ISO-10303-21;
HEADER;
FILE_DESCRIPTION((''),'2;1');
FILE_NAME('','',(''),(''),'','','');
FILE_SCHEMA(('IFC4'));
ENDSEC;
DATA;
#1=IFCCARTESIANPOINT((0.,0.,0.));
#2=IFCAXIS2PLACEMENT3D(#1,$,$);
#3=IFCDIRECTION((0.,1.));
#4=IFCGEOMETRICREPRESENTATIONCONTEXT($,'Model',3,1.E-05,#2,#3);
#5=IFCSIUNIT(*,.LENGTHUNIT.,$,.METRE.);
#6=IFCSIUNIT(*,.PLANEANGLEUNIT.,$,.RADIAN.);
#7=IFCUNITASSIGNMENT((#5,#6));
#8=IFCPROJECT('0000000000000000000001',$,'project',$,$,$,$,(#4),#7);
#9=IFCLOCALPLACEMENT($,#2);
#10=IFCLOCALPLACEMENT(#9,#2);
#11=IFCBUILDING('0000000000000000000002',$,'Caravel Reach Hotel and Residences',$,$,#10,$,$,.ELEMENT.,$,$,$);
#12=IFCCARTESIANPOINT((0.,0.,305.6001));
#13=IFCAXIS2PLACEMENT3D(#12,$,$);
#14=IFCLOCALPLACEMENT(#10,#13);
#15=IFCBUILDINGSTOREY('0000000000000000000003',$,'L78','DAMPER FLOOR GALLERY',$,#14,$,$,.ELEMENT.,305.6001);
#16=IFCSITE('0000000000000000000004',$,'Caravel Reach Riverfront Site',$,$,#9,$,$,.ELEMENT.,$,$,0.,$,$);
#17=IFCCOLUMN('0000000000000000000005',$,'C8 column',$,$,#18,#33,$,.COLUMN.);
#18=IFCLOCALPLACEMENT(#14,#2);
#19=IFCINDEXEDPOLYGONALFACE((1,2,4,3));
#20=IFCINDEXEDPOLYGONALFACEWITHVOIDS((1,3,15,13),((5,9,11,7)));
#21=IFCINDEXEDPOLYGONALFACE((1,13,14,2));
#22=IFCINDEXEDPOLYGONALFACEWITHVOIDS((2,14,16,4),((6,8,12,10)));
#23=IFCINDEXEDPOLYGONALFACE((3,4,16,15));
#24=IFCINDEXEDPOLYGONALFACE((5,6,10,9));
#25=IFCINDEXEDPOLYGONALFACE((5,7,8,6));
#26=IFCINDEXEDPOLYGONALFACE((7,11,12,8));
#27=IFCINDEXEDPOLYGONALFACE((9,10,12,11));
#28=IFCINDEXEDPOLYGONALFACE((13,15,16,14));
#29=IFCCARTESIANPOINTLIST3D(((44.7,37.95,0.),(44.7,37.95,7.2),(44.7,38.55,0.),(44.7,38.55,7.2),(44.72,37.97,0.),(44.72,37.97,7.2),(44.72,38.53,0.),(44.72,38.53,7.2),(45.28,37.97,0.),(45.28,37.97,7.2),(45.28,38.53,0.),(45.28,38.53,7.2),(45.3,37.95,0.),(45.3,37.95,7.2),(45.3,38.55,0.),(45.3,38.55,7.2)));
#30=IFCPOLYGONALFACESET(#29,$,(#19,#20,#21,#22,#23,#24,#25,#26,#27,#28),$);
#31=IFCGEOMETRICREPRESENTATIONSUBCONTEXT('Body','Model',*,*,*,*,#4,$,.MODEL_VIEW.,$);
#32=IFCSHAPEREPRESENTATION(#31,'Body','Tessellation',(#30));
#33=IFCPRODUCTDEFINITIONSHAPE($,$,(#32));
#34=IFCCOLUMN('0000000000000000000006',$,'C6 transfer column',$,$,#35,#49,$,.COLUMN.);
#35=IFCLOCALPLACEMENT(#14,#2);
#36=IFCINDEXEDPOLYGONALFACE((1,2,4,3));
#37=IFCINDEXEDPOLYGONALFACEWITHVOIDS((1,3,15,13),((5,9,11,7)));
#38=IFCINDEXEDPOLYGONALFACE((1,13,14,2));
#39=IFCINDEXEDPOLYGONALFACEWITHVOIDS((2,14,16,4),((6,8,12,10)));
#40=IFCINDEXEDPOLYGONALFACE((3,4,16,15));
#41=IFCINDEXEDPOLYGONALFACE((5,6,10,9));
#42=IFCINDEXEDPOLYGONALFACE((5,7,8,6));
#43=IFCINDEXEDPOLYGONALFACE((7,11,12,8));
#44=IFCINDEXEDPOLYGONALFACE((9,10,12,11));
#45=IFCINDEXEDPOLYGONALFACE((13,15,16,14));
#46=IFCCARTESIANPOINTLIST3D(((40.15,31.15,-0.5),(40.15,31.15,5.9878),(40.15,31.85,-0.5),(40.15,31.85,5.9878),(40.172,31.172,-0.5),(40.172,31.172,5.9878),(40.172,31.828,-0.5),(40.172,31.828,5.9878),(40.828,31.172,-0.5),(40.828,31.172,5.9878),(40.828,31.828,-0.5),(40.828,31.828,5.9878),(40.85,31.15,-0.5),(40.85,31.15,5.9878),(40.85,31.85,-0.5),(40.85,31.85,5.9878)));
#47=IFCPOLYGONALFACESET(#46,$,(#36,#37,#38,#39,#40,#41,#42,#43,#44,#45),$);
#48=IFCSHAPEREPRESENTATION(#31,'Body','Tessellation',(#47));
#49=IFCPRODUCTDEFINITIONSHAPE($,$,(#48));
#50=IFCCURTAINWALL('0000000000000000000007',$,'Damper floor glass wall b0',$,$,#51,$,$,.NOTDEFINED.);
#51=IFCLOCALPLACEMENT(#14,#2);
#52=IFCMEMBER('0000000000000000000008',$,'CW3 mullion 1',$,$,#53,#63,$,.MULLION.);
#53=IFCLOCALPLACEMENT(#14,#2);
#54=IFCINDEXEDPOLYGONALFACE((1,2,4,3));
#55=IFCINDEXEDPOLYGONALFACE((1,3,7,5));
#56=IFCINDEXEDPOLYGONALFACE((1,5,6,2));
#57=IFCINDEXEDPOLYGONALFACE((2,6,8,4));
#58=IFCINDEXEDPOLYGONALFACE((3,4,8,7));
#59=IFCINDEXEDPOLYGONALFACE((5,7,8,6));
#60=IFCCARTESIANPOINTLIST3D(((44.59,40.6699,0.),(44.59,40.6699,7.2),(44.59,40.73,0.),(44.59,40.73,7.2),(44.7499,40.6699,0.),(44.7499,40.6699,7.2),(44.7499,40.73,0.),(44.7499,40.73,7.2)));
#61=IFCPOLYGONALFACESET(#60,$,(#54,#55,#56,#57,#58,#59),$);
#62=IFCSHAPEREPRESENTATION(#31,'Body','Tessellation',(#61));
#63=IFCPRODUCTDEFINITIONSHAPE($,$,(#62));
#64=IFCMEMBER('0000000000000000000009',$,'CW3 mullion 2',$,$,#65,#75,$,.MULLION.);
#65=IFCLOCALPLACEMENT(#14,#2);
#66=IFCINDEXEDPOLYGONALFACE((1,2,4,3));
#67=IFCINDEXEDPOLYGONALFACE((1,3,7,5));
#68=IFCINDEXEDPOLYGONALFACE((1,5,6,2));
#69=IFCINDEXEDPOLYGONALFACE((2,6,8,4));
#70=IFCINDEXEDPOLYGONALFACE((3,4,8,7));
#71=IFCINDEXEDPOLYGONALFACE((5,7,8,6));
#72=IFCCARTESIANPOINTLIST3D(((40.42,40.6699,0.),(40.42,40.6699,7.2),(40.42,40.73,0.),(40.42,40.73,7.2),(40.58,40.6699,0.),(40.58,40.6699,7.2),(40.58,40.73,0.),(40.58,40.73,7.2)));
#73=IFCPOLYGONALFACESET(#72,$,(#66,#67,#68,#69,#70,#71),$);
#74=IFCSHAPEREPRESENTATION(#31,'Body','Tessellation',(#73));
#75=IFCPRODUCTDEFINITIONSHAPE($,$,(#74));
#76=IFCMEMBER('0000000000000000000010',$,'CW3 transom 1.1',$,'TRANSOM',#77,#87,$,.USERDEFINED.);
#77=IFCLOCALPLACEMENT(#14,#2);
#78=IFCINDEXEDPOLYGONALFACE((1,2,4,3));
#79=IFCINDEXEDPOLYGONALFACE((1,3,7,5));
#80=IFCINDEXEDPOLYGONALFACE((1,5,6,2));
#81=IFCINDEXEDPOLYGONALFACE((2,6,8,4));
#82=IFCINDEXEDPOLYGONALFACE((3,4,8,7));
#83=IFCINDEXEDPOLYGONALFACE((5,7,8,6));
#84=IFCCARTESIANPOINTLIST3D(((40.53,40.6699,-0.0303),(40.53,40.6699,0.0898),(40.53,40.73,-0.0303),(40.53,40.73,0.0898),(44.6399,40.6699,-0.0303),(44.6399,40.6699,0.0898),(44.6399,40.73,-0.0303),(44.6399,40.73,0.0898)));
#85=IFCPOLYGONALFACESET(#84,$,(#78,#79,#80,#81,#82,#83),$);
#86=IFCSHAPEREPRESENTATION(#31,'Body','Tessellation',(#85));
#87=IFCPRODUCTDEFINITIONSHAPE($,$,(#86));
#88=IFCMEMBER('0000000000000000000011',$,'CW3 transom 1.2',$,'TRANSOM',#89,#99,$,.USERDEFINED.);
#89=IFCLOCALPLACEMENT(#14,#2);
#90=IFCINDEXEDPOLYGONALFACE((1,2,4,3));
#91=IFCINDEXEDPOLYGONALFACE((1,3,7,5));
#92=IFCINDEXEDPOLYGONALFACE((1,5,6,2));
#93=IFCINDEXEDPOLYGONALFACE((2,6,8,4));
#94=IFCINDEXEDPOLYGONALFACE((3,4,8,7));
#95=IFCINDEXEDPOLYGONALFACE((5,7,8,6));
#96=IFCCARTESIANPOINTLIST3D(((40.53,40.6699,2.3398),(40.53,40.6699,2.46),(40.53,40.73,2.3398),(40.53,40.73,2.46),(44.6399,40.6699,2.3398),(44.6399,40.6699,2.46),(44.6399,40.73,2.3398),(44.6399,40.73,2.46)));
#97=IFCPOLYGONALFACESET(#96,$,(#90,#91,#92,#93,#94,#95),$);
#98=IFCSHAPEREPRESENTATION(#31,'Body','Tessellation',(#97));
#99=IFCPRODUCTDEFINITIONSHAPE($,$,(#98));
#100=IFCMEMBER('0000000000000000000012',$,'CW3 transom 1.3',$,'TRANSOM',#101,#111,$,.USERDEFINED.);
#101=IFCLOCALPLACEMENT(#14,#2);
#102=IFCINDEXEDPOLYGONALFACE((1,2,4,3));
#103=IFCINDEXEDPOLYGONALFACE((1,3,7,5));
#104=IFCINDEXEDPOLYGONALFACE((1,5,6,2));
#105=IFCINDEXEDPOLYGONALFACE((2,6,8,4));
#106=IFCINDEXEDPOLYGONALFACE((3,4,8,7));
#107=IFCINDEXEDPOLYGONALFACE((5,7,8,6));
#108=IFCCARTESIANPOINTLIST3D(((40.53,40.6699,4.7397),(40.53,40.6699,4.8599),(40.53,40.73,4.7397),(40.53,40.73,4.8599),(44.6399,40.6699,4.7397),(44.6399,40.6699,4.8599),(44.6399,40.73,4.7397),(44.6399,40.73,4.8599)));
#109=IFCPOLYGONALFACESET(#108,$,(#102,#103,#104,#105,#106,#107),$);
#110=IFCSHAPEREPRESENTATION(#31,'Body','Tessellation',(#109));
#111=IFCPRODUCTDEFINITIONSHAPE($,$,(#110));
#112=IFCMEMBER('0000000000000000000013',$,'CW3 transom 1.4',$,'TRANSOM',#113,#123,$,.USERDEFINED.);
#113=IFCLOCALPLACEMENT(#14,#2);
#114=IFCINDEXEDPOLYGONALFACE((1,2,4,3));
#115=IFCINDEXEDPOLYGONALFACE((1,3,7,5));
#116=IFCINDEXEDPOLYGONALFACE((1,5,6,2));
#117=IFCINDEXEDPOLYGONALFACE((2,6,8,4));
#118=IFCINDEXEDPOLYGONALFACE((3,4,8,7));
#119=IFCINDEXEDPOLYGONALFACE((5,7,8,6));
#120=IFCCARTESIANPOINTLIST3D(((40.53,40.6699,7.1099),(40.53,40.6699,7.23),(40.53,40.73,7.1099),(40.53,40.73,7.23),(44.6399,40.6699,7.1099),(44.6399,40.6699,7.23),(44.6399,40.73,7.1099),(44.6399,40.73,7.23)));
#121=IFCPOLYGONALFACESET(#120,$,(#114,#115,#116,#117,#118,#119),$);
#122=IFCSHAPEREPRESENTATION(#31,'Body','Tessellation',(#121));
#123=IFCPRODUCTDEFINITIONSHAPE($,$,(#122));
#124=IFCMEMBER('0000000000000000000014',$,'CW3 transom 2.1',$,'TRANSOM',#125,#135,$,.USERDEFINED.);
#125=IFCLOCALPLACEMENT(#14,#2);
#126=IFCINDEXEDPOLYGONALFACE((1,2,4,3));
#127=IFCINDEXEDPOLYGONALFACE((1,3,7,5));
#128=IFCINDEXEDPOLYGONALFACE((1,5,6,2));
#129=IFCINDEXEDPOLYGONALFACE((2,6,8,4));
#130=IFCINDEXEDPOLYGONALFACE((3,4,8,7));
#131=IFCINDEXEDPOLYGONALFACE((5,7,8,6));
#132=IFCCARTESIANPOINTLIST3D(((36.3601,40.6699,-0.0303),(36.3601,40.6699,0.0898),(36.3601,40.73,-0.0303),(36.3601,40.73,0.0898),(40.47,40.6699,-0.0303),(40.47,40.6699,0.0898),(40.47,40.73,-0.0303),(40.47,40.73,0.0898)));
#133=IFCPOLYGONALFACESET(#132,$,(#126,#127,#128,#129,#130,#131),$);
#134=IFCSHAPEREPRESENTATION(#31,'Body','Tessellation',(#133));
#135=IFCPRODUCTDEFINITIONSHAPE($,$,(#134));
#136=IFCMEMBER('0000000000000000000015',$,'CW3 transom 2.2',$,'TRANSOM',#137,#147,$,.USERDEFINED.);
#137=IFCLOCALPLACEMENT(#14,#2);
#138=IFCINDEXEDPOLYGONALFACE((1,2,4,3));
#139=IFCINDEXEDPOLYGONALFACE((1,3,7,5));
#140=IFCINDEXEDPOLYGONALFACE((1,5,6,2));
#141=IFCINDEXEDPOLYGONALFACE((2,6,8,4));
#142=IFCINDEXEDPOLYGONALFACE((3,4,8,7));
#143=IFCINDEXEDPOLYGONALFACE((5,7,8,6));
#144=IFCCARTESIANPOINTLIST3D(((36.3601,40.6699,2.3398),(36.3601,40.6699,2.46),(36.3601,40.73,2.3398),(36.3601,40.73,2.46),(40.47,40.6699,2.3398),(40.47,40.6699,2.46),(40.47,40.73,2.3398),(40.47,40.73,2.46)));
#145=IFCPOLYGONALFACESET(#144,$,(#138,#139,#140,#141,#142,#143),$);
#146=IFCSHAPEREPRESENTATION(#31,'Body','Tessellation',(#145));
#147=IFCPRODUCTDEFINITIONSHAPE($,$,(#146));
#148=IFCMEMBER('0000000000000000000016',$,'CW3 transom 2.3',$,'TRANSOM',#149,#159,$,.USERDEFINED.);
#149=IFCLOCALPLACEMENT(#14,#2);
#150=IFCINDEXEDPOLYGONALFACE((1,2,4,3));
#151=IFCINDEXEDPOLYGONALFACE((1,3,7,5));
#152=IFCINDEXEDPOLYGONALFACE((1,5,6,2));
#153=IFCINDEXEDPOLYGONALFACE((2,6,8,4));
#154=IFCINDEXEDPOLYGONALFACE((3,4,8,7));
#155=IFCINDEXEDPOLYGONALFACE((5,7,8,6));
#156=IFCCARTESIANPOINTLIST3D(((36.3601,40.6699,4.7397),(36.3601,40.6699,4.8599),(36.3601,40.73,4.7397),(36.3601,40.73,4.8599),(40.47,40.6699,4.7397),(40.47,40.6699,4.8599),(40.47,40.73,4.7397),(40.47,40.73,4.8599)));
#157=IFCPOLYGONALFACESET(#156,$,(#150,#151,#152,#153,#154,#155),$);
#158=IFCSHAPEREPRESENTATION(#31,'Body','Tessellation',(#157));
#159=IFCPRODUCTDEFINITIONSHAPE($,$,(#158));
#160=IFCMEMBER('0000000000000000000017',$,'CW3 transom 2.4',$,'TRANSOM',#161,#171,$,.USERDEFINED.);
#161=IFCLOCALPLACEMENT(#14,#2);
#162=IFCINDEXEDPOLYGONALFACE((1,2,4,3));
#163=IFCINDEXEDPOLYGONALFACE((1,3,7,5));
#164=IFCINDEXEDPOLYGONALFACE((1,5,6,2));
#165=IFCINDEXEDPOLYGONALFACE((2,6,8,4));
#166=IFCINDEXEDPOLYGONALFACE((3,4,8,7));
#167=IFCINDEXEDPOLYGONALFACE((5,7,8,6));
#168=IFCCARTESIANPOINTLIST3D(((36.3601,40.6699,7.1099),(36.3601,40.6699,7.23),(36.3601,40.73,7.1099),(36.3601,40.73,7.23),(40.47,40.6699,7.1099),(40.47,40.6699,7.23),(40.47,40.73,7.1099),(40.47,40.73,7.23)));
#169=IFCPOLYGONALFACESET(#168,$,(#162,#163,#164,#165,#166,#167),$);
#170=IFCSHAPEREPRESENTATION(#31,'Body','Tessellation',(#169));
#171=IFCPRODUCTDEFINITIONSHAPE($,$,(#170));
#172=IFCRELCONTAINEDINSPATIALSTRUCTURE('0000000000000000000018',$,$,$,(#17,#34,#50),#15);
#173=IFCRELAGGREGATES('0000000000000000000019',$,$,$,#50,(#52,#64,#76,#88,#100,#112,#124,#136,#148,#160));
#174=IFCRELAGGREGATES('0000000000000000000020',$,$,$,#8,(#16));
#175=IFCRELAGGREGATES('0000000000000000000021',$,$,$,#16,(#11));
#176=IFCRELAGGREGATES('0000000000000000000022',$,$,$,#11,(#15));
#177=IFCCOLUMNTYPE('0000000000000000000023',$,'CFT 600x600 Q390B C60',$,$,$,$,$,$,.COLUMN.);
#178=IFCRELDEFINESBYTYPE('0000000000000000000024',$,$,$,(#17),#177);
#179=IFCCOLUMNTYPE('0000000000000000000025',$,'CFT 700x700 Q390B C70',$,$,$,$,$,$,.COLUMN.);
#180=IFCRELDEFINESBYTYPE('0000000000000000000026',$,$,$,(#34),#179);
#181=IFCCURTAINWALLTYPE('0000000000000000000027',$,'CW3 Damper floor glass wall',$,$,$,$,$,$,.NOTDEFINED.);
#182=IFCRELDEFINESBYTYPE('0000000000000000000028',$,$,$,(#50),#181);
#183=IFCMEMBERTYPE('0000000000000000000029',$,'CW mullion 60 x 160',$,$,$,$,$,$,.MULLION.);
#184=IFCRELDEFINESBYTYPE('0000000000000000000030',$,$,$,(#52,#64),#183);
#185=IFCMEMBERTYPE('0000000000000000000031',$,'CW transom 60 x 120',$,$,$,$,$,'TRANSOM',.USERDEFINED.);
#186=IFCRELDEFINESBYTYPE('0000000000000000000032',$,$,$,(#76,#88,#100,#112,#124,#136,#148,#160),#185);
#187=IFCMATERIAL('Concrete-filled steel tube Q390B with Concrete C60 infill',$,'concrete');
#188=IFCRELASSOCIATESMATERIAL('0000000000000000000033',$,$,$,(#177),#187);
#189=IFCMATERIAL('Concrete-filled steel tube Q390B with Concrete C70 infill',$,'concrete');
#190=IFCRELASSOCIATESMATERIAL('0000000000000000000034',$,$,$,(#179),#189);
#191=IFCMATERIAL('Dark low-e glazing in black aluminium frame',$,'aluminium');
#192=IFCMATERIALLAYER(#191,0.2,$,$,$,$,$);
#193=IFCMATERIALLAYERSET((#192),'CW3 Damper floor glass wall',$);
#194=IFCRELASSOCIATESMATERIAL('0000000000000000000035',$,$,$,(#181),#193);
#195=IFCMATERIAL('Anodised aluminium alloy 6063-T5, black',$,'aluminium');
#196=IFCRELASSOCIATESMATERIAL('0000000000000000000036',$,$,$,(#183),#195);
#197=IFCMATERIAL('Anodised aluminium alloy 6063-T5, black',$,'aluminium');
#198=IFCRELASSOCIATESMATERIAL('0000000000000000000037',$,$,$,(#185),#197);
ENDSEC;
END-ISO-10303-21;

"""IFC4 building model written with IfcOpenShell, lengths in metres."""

from ifc_helpers import new_model, si_unit, direction, frame, origin, origin_2d, place, context, subcontext, project, spatial, rectangle, hollow_rectangle, extrude, material, layer, layer_set, material_profile, profile_set, type_object, element, aggregate, save


model = new_model("IFC4")

# Units and contexts
model_context = context("Model", 3, precision=1e-05, world=origin(), true_north=direction((0.0, 1.0)))
body_context = subcontext(model_context, "Body", "Model", "MODEL_VIEW")
ifc_project = project(units=[si_unit("LENGTHUNIT", "METRE"), si_unit("PLANEANGLEUNIT", "RADIAN")], contexts=[model_context])

# Site, building, storey
site_placement = place(None, origin())
site = spatial("IfcSite", under=ifc_project, at=site_placement, Name="Caravel Reach Riverfront Site", CompositionType="ELEMENT", RefElevation=0.0)
building_placement = place(site_placement, origin())
building = spatial("IfcBuilding", under=site, at=building_placement, Name="Caravel Reach Hotel and Residences", CompositionType="ELEMENT")
storey_placement = place(building_placement, frame((0.0, 0.0, 305.6001)))
storey = spatial("IfcBuildingStorey", under=building, at=storey_placement, Name="L78", Description="DAMPER FLOOR GALLERY", CompositionType="ELEMENT", Elevation=305.6001)

# Columns
ifc_material_1 = material(Name="Concrete-filled steel tube Q390B with Concrete C60 infill", Category="concrete")
ifc_material_profile_1 = material_profile(ifc_material_1, hollow_rectangle(XDim=0.6001, YDim=0.6001, WallThickness=0.02, at=origin_2d()), Name="RHS 600x600x20")
ifc_profile_set_1 = profile_set([ifc_material_profile_1], Name="Concrete-filled steel tube Q390B with Concrete C60 infill")
column_type_1 = type_object("IfcColumnType", Name="CFT 600x600 Q390B C60", PredefinedType="COLUMN", material=ifc_profile_set_1)
column_1_placement = place(storey_placement, frame((45.0, 38.25, 0.0), z_axis=(0.0, 0.0, 1.0), x_axis=(1.0, 0.0, 0.0)))
element("IfcColumn", 1, at=column_1_placement, inside=storey, type_object=column_type_1, Name="C8 column", PredefinedType="COLUMN", context=body_context, shape_type="SweptSolid", body=[
    extrude(hollow_rectangle(XDim=0.6001, YDim=0.6001, WallThickness=0.02, at=origin_2d()), origin(), (0.0, 0.0, 1.0), 7.2),
])
ifc_material_2 = material(Name="Concrete-filled steel tube Q390B with Concrete C70 infill", Category="concrete")
ifc_material_profile_2 = material_profile(ifc_material_2, hollow_rectangle(XDim=0.7, YDim=0.7, WallThickness=0.022, at=origin_2d()), Name="RHS 700x700x22")
ifc_profile_set_2 = profile_set([ifc_material_profile_2], Name="Concrete-filled steel tube Q390B with Concrete C70 infill")
column_type_2 = type_object("IfcColumnType", Name="CFT 700x700 Q390B C70", PredefinedType="COLUMN", material=ifc_profile_set_2)
column_2_placement = place(storey_placement, frame((40.5, 31.5, -0.5), z_axis=(0.0, 0.0, 1.0), x_axis=(1.0, 0.0, 0.0)))
element("IfcColumn", 2, at=column_2_placement, inside=storey, type_object=column_type_2, Name="C6 transfer column", PredefinedType="COLUMN", context=body_context, shape_type="SweptSolid", body=[
    extrude(hollow_rectangle(XDim=0.7, YDim=0.7, WallThickness=0.022, at=origin_2d()), origin(), (0.0, 0.0, 1.0), 6.4878),
])

# Curtain wall, members
ifc_material_3 = material(Name="Dark low-e glazing in black aluminium frame", Category="aluminium")
ifc_layer_1 = layer(ifc_material_3, 0.2)
ifc_layer_set_1 = layer_set([ifc_layer_1], Name="CW3 Damper floor glass wall")
curtain_wall_type = type_object("IfcCurtainWallType", Name="CW3 Damper floor glass wall", PredefinedType="NOTDEFINED", material=ifc_layer_set_1)
curtain_wall_placement = place(storey_placement, origin())
curtain_wall = element("IfcCurtainWall", 3, at=curtain_wall_placement, inside=storey, type_object=curtain_wall_type, Name="Damper floor glass wall b0", PredefinedType="NOTDEFINED")
ifc_material_4 = material(Name="Anodised aluminium alloy 6063-T5, black", Category="aluminium")
ifc_material_profile_3 = material_profile(ifc_material_4, rectangle(XDim=0.0601, YDim=0.1599, at=origin_2d()), Name="CW mullion 60 x 160")
ifc_profile_set_3 = profile_set([ifc_material_profile_3], Name="Anodised aluminium alloy 6063-T5, black")
member_type_1 = type_object("IfcMemberType", Name="CW mullion 60 x 160", PredefinedType="MULLION", material=ifc_profile_set_3)
member_1_placement = place(storey_placement, frame((44.6699, 40.7, 0.0), z_axis=(0.0, 0.0, 1.0), x_axis=(0.0, -1.0, 0.0)))
member_1 = element("IfcMember", 4, at=member_1_placement, type_object=member_type_1, Name="CW3 mullion 1", PredefinedType="MULLION", context=body_context, shape_type="SweptSolid", body=[
    extrude(rectangle(XDim=0.0601, YDim=0.1599, at=origin_2d()), origin(), (0.0, 0.0, 1.0), 7.2),
])
member_2_placement = place(storey_placement, frame((40.5, 40.7, 0.0), z_axis=(0.0, 0.0, 1.0), x_axis=(0.0, -1.0, 0.0)))
member_2 = element("IfcMember", 5, at=member_2_placement, type_object=member_type_1, Name="CW3 mullion 2", PredefinedType="MULLION", context=body_context, shape_type="SweptSolid", body=[
    extrude(rectangle(XDim=0.0601, YDim=0.1599, at=origin_2d()), origin(), (0.0, 0.0, 1.0), 7.2),
])
ifc_material_5 = material(Name="Anodised aluminium alloy 6063-T5, black", Category="aluminium")
ifc_material_profile_4 = material_profile(ifc_material_5, rectangle(XDim=0.0601, YDim=0.1201, at=origin_2d()), Name="CW transom 60 x 120")
ifc_profile_set_4 = profile_set([ifc_material_profile_4], Name="Anodised aluminium alloy 6063-T5, black")
member_type_2 = type_object("IfcMemberType", Name="CW transom 60 x 120", ElementType="TRANSOM", PredefinedType="USERDEFINED", material=ifc_profile_set_4)
member_3_placement = place(storey_placement, frame((44.6399, 40.7, 0.0298), z_axis=(-1.0, 0.0, 0.0), x_axis=(0.0, -1.0, 0.0)))
member_3 = element("IfcMember", 6, at=member_3_placement, type_object=member_type_2, Name="CW3 transom 1.1", ObjectType="TRANSOM", PredefinedType="USERDEFINED", context=body_context, shape_type="SweptSolid", body=[
    extrude(rectangle(XDim=0.0601, YDim=0.1201, at=origin_2d()), origin(), (0.0, 0.0, 1.0), 4.1099),
])
member_4_placement = place(storey_placement, frame((44.6399, 40.7, 2.3999), z_axis=(-1.0, 0.0, 0.0), x_axis=(0.0, -1.0, 0.0)))
member_4 = element("IfcMember", 7, at=member_4_placement, type_object=member_type_2, Name="CW3 transom 1.2", ObjectType="TRANSOM", PredefinedType="USERDEFINED", context=body_context, shape_type="SweptSolid", body=[
    extrude(rectangle(XDim=0.0601, YDim=0.1201, at=origin_2d()), origin(), (0.0, 0.0, 1.0), 4.1099),
])
member_5_placement = place(storey_placement, frame((44.6399, 40.7, 4.7998), z_axis=(-1.0, 0.0, 0.0), x_axis=(0.0, -1.0, 0.0)))
member_5 = element("IfcMember", 8, at=member_5_placement, type_object=member_type_2, Name="CW3 transom 1.3", ObjectType="TRANSOM", PredefinedType="USERDEFINED", context=body_context, shape_type="SweptSolid", body=[
    extrude(rectangle(XDim=0.0601, YDim=0.1201, at=origin_2d()), origin(), (0.0, 0.0, 1.0), 4.1099),
])
member_6_placement = place(storey_placement, frame((44.6399, 40.7, 7.1699), z_axis=(-1.0, 0.0, 0.0), x_axis=(0.0, -1.0, 0.0)))
member_6 = element("IfcMember", 9, at=member_6_placement, type_object=member_type_2, Name="CW3 transom 1.4", ObjectType="TRANSOM", PredefinedType="USERDEFINED", context=body_context, shape_type="SweptSolid", body=[
    extrude(rectangle(XDim=0.0601, YDim=0.1201, at=origin_2d()), origin(), (0.0, 0.0, 1.0), 4.1099),
])
member_7_placement = place(storey_placement, frame((40.47, 40.7, 0.0298), z_axis=(-1.0, 0.0, 0.0), x_axis=(0.0, -1.0, 0.0)))
member_7 = element("IfcMember", 10, at=member_7_placement, type_object=member_type_2, Name="CW3 transom 2.1", ObjectType="TRANSOM", PredefinedType="USERDEFINED", context=body_context, shape_type="SweptSolid", body=[
    extrude(rectangle(XDim=0.0601, YDim=0.1201, at=origin_2d()), origin(), (0.0, 0.0, 1.0), 4.1099),
])
member_8_placement = place(storey_placement, frame((40.47, 40.7, 2.3999), z_axis=(-1.0, 0.0, 0.0), x_axis=(0.0, -1.0, 0.0)))
member_8 = element("IfcMember", 11, at=member_8_placement, type_object=member_type_2, Name="CW3 transom 2.2", ObjectType="TRANSOM", PredefinedType="USERDEFINED", context=body_context, shape_type="SweptSolid", body=[
    extrude(rectangle(XDim=0.0601, YDim=0.1201, at=origin_2d()), origin(), (0.0, 0.0, 1.0), 4.1099),
])
member_9_placement = place(storey_placement, frame((40.47, 40.7, 4.7998), z_axis=(-1.0, 0.0, 0.0), x_axis=(0.0, -1.0, 0.0)))
member_9 = element("IfcMember", 12, at=member_9_placement, type_object=member_type_2, Name="CW3 transom 2.3", ObjectType="TRANSOM", PredefinedType="USERDEFINED", context=body_context, shape_type="SweptSolid", body=[
    extrude(rectangle(XDim=0.0601, YDim=0.1201, at=origin_2d()), origin(), (0.0, 0.0, 1.0), 4.1099),
])
member_10_placement = place(storey_placement, frame((40.47, 40.7, 7.1699), z_axis=(-1.0, 0.0, 0.0), x_axis=(0.0, -1.0, 0.0)))
member_10 = element("IfcMember", 13, at=member_10_placement, type_object=member_type_2, Name="CW3 transom 2.4", ObjectType="TRANSOM", PredefinedType="USERDEFINED", context=body_context, shape_type="SweptSolid", body=[
    extrude(rectangle(XDim=0.0601, YDim=0.1201, at=origin_2d()), origin(), (0.0, 0.0, 1.0), 4.1099),
])

aggregate(curtain_wall, [member_1, member_2, member_3, member_4, member_5, member_6, member_7, member_8, member_9, member_10])

save(model, "model.ifc")
